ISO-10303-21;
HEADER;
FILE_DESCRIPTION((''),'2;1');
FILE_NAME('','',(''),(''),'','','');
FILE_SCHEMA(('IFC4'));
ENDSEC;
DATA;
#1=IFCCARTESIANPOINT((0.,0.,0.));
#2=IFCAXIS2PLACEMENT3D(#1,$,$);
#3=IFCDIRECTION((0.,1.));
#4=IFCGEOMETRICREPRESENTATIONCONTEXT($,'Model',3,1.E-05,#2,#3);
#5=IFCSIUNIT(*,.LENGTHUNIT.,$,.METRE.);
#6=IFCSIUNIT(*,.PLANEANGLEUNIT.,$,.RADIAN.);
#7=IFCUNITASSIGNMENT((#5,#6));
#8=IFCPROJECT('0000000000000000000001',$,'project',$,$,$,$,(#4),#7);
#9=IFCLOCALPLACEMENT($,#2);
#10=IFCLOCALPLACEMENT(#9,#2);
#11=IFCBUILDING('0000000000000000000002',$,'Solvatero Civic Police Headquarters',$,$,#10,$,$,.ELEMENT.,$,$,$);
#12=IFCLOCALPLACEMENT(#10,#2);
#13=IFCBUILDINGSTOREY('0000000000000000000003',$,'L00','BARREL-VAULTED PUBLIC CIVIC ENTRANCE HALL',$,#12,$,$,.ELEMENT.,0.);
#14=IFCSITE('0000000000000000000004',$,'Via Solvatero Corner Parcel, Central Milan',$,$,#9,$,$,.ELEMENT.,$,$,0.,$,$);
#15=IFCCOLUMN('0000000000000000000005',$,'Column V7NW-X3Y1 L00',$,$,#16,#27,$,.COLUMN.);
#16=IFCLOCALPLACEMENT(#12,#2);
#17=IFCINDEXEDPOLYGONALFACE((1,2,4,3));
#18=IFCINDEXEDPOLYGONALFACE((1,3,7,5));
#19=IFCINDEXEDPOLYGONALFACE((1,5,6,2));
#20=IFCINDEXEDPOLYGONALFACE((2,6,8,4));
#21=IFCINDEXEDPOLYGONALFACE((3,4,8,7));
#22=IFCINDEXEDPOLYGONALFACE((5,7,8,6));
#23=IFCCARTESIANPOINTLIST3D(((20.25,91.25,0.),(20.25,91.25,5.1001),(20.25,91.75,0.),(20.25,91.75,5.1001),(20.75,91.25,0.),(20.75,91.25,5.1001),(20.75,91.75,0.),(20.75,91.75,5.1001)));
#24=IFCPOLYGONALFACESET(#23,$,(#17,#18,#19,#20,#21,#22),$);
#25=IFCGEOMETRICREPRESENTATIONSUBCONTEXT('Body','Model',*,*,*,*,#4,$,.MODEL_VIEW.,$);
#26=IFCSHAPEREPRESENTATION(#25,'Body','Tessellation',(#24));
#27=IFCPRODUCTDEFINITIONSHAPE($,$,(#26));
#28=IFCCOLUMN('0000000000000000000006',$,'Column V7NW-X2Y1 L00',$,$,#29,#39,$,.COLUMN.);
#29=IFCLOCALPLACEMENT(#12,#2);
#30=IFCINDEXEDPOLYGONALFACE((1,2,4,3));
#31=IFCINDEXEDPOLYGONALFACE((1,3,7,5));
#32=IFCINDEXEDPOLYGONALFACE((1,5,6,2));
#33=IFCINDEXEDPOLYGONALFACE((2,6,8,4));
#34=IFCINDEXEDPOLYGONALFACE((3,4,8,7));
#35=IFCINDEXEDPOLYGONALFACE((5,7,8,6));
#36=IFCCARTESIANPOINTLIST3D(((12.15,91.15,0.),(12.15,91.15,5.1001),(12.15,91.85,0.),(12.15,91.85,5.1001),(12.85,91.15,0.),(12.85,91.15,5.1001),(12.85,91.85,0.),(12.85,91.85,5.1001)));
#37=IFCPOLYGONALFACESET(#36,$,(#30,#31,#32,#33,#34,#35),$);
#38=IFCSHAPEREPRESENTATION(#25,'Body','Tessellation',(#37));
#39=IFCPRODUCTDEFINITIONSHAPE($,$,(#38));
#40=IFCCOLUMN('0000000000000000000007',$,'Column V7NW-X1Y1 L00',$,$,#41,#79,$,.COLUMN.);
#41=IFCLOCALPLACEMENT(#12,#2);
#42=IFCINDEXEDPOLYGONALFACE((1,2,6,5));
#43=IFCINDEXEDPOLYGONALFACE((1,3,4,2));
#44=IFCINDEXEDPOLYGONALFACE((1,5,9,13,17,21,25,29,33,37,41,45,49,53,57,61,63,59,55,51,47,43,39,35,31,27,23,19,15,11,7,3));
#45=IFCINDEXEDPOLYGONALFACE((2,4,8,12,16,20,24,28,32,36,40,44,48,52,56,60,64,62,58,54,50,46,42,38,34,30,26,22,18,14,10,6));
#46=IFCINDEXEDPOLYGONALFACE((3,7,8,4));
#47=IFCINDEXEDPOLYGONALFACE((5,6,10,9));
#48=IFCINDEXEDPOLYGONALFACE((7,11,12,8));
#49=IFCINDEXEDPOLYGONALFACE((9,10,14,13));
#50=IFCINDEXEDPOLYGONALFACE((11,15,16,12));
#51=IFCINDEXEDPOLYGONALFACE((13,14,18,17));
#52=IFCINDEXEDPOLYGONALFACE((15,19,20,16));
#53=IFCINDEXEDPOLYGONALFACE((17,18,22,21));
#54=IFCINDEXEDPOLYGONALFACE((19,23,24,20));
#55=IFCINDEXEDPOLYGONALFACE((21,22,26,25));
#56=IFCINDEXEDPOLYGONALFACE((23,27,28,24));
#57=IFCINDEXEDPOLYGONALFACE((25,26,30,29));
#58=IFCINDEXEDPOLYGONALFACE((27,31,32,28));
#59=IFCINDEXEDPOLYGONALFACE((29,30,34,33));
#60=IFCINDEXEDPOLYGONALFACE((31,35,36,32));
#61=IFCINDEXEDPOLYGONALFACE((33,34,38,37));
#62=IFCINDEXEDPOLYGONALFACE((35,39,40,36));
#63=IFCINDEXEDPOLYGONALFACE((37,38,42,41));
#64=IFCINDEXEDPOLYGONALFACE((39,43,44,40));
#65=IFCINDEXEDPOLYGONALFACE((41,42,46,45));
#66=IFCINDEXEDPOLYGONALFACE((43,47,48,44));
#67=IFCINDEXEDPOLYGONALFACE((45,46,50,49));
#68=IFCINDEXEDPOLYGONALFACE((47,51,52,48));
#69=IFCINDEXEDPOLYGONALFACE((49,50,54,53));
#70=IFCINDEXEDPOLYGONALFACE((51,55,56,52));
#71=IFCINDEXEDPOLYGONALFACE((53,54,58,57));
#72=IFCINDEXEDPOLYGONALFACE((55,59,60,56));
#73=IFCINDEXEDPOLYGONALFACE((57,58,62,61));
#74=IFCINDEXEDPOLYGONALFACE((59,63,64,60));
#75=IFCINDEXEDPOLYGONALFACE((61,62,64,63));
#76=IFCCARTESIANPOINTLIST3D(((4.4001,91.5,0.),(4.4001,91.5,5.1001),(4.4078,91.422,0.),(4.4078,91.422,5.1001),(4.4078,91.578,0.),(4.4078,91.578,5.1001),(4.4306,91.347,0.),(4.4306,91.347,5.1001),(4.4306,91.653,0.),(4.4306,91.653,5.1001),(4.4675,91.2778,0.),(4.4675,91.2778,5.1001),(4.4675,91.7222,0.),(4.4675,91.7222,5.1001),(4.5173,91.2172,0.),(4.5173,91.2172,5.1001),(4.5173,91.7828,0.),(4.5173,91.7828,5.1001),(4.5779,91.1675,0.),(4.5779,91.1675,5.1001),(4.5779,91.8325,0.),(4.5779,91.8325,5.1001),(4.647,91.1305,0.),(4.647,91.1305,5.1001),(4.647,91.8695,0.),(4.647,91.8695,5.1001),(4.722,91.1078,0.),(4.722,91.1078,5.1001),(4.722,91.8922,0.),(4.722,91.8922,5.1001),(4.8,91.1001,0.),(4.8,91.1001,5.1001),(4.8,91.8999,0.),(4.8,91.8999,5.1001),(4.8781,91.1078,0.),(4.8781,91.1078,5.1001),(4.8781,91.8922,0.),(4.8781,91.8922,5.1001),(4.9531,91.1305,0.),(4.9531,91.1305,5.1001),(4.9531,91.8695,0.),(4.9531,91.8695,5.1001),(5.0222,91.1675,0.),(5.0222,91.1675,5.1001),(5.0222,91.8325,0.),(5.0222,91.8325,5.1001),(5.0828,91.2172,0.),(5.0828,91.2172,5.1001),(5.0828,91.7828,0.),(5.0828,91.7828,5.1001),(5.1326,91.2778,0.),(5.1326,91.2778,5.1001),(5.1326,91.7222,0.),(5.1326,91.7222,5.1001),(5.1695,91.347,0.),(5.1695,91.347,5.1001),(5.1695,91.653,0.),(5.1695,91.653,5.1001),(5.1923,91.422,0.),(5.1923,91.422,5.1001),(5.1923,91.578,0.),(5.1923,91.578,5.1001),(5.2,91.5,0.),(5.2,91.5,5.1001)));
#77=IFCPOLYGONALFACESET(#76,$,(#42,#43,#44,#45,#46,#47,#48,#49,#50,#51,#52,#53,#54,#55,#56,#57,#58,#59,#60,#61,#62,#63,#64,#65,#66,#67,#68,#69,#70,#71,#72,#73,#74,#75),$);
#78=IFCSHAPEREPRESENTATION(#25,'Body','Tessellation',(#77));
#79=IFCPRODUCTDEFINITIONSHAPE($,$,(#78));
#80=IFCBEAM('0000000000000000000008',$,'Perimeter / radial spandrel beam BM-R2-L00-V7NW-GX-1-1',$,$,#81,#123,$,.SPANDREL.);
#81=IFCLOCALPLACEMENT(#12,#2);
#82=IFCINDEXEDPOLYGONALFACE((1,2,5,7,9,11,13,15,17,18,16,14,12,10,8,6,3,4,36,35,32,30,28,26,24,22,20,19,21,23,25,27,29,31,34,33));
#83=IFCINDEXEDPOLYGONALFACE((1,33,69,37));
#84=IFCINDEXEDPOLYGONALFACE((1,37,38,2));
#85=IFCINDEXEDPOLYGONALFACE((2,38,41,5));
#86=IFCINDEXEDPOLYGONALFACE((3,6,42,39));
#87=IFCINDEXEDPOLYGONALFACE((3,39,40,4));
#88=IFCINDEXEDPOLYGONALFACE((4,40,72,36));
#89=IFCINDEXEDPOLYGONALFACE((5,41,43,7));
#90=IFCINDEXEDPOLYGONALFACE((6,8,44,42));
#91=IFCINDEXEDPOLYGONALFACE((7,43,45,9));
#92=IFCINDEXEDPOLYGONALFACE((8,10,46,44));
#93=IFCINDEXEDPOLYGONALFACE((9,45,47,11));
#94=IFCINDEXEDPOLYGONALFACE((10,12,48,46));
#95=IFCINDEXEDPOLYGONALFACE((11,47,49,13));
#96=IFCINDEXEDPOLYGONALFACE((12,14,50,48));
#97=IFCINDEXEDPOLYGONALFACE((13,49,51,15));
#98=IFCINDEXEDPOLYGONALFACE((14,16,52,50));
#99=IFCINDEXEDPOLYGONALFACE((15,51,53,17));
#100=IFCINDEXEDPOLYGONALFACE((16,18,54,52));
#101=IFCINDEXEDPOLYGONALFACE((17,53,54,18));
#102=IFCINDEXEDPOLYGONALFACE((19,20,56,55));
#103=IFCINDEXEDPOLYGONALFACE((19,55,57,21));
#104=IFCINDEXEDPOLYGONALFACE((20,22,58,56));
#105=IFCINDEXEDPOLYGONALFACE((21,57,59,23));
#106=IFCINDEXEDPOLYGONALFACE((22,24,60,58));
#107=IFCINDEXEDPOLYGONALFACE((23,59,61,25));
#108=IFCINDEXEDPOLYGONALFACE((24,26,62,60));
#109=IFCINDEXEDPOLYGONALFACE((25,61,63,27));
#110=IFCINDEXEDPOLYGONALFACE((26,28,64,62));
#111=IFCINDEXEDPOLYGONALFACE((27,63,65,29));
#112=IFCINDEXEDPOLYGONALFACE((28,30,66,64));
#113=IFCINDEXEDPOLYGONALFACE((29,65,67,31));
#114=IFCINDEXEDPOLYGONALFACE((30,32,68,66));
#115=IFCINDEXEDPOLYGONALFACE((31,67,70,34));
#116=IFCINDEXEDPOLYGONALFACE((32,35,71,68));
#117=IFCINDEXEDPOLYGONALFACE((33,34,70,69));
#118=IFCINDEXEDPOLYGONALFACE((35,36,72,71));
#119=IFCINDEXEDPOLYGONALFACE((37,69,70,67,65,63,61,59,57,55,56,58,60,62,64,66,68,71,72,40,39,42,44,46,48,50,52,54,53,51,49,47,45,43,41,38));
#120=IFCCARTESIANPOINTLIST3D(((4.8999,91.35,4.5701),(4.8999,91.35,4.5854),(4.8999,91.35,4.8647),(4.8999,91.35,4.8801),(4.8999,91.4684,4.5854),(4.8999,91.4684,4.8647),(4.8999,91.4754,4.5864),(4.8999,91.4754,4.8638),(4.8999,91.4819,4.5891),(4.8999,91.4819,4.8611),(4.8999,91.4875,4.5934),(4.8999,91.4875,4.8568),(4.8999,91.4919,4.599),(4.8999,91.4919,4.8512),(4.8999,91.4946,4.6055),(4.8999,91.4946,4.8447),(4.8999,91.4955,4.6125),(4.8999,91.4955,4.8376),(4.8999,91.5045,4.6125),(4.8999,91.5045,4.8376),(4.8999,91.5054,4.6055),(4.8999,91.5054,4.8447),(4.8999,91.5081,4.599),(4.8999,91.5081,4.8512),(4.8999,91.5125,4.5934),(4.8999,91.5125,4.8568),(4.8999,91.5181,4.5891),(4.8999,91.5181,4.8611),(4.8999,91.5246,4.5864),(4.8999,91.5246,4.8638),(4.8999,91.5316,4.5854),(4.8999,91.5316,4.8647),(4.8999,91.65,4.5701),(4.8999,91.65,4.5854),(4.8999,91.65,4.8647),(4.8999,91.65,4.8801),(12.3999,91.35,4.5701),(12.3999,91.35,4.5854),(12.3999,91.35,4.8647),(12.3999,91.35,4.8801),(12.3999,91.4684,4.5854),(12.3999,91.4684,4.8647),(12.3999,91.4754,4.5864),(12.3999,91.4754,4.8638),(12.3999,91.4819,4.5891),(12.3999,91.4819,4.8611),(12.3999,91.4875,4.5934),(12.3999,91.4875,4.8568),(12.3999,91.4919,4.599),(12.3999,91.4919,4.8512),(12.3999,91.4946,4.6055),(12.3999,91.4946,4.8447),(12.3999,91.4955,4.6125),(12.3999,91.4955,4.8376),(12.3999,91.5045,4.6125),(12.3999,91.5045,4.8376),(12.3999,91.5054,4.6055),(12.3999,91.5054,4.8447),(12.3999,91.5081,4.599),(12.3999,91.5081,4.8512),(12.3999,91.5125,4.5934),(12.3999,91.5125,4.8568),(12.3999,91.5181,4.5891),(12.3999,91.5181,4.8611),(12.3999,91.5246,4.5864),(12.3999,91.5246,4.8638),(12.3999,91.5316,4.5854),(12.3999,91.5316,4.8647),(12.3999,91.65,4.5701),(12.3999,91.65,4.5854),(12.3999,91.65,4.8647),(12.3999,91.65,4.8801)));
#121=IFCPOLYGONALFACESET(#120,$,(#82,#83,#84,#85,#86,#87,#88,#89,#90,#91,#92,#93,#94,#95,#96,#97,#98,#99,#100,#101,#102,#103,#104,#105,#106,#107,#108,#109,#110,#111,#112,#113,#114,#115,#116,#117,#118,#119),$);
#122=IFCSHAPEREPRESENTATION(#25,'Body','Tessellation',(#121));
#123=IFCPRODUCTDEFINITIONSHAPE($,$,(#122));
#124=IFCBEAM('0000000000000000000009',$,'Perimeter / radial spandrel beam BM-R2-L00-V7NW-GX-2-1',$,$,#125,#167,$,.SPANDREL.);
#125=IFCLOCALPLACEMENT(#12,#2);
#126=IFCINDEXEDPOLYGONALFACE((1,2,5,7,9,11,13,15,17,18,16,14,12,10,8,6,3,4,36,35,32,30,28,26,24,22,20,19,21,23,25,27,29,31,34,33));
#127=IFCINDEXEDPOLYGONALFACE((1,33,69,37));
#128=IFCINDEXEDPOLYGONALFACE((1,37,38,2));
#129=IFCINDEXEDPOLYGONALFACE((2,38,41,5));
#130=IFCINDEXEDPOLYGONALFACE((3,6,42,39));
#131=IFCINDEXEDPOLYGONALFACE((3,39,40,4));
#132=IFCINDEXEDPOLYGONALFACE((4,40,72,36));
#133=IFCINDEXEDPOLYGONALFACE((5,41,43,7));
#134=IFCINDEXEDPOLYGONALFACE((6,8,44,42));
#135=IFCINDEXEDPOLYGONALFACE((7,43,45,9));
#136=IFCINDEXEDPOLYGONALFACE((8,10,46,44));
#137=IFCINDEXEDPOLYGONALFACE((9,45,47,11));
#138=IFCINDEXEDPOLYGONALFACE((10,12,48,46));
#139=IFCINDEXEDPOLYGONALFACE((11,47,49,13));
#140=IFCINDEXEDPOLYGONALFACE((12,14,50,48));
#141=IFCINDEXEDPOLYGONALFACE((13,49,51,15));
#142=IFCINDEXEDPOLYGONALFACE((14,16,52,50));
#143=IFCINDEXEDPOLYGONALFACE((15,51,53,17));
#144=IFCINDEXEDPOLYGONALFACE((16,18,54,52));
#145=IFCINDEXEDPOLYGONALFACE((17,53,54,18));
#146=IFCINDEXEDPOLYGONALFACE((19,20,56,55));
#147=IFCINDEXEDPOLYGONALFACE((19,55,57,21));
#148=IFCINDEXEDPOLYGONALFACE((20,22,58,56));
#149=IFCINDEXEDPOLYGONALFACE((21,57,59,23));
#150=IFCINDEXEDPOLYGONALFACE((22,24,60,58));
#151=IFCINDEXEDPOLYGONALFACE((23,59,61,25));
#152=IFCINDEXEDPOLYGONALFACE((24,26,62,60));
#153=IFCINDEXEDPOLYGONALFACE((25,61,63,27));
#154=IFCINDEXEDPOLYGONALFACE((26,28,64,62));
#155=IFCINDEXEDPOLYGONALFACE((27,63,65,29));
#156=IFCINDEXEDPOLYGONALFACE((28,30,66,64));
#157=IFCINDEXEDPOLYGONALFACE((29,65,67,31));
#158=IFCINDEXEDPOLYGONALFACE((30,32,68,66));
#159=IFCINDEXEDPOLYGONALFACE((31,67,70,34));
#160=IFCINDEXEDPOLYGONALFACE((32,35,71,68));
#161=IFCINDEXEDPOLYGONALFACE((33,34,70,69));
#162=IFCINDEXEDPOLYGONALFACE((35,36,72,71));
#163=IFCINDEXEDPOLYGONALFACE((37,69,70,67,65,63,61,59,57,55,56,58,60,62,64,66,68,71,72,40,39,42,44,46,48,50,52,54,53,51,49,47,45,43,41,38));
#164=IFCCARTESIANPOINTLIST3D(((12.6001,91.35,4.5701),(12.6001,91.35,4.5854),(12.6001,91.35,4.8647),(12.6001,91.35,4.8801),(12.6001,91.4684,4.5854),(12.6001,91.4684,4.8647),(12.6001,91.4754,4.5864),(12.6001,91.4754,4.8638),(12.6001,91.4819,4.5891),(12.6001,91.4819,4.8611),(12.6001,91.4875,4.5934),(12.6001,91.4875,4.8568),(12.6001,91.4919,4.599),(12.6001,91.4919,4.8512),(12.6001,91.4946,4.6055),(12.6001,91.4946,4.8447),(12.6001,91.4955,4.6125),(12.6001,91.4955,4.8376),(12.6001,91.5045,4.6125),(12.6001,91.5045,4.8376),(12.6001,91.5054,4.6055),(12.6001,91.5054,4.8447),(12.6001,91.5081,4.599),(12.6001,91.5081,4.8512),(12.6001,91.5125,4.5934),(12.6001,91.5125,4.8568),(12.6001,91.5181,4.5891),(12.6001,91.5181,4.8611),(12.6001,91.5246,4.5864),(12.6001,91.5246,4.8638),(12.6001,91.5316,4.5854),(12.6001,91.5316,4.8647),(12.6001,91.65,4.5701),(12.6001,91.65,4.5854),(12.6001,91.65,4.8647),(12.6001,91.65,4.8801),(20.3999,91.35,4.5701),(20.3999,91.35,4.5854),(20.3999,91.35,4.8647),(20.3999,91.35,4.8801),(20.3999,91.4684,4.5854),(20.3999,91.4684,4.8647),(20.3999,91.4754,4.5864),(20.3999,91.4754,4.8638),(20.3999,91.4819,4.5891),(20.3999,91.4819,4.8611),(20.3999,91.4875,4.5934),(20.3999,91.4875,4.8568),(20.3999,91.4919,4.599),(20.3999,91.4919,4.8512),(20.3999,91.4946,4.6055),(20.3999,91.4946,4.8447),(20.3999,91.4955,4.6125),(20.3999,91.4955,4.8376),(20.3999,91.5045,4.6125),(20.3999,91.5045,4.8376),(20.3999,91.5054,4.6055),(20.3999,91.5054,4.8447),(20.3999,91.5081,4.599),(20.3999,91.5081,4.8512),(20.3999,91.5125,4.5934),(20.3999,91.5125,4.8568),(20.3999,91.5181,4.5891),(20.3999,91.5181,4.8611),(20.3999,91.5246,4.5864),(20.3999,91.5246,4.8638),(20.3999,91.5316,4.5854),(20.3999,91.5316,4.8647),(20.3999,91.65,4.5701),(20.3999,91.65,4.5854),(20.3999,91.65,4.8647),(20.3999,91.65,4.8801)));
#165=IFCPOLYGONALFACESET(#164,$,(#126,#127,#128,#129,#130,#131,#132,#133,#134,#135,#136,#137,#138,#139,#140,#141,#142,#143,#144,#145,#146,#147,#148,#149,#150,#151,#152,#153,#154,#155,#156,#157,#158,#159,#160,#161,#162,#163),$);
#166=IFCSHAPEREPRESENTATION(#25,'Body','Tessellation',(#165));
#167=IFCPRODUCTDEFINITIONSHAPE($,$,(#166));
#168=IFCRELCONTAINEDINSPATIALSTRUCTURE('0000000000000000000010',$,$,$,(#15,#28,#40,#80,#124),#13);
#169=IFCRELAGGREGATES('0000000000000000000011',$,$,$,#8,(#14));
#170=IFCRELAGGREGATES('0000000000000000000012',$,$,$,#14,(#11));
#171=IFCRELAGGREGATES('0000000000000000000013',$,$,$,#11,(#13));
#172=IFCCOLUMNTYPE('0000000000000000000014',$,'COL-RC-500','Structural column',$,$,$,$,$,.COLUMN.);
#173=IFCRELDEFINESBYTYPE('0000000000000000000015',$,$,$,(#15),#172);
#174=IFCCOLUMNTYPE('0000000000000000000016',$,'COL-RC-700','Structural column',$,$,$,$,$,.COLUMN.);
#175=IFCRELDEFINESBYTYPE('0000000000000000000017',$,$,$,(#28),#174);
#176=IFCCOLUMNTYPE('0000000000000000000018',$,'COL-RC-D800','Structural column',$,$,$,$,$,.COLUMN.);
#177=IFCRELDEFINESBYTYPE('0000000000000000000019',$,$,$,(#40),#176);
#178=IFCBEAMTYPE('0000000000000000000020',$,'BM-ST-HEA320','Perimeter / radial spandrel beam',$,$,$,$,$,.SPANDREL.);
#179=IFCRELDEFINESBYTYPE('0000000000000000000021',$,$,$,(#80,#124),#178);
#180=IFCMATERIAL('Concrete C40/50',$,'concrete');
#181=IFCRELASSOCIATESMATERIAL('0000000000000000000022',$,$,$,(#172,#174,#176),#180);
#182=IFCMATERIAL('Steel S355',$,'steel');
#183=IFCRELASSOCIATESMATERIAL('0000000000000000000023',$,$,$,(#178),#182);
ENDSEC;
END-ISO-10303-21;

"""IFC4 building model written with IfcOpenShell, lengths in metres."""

from ifc_helpers import new_model, si_unit, direction, frame, origin, origin_2d, place, context, subcontext, project, spatial, rectangle, circle, i_section, extrude, material, material_profile, profile_set, type_object, element, save


model = new_model("IFC4")

# Units and contexts
model_context = context("Model", 3, precision=1e-05, world=origin(), true_north=direction((0.0, 1.0)))
body_context = subcontext(model_context, "Body", "Model", "MODEL_VIEW")
ifc_project = project(units=[si_unit("LENGTHUNIT", "METRE"), si_unit("PLANEANGLEUNIT", "RADIAN")], contexts=[model_context])

# Site, building, storey
site_placement = place(None, origin())
site = spatial("IfcSite", under=ifc_project, at=site_placement, Name="Via Solvatero Corner Parcel, Central Milan", CompositionType="ELEMENT", RefElevation=0.0)
building_placement = place(site_placement, origin())
building = spatial("IfcBuilding", under=site, at=building_placement, Name="Solvatero Civic Police Headquarters", CompositionType="ELEMENT")
storey_placement = place(building_placement, origin())
storey = spatial("IfcBuildingStorey", under=building, at=storey_placement, Name="L00", Description="BARREL-VAULTED PUBLIC CIVIC ENTRANCE HALL", CompositionType="ELEMENT", Elevation=0.0)

# Columns
ifc_material_1 = material(Name="Concrete C40/50", Category="concrete")
ifc_material_profile_1 = material_profile(ifc_material_1, rectangle(XDim=0.5, YDim=0.5, at=origin_2d()), Name="RC 500x500")
ifc_profile_set_1 = profile_set([ifc_material_profile_1], Name="Concrete C40/50")
column_type_1 = type_object("IfcColumnType", Name="COL-RC-500", Description="Structural column", PredefinedType="COLUMN", material=ifc_profile_set_1)
column_1_placement = place(storey_placement, frame((20.5, 91.5, 0.0), z_axis=(0.0, 0.0, 1.0), x_axis=(1.0, 0.0, 0.0)))
element("IfcColumn", 1, at=column_1_placement, inside=storey, type_object=column_type_1, Name="Column V7NW-X3Y1 L00", PredefinedType="COLUMN", context=body_context, shape_type="SweptSolid", body=[
    extrude(rectangle(XDim=0.5, YDim=0.5, at=origin_2d()), origin(), (0.0, 0.0, 1.0), 5.1001),
])
ifc_material_profile_2 = material_profile(ifc_material_1, rectangle(XDim=0.7, YDim=0.7, at=origin_2d()), Name="RC 700x700")
ifc_profile_set_2 = profile_set([ifc_material_profile_2], Name="Concrete C40/50")
column_type_2 = type_object("IfcColumnType", Name="COL-RC-700", Description="Structural column", PredefinedType="COLUMN", material=ifc_profile_set_2)
column_2_placement = place(storey_placement, frame((12.5, 91.5, 0.0), z_axis=(0.0, 0.0, 1.0), x_axis=(1.0, 0.0, 0.0)))
element("IfcColumn", 2, at=column_2_placement, inside=storey, type_object=column_type_2, Name="Column V7NW-X2Y1 L00", PredefinedType="COLUMN", context=body_context, shape_type="SweptSolid", body=[
    extrude(rectangle(XDim=0.7, YDim=0.7, at=origin_2d()), origin(), (0.0, 0.0, 1.0), 5.1001),
])
ifc_material_profile_3 = material_profile(ifc_material_1, circle(Radius=0.3999, at=origin_2d()), Name="RC COL D800")
ifc_profile_set_3 = profile_set([ifc_material_profile_3], Name="Concrete C40/50")
column_type_3 = type_object("IfcColumnType", Name="COL-RC-D800", Description="Structural column", PredefinedType="COLUMN", material=ifc_profile_set_3)
column_3_placement = place(storey_placement, frame((4.8, 91.5, 0.0), z_axis=(0.0, 0.0, 1.0), x_axis=(1.0, 0.0, 0.0)))
element("IfcColumn", 3, at=column_3_placement, inside=storey, type_object=column_type_3, Name="Column V7NW-X1Y1 L00", PredefinedType="COLUMN", context=body_context, shape_type="SweptSolid", body=[
    extrude(circle(Radius=0.3999, at=origin_2d()), origin(), (0.0, 0.0, 1.0), 5.1001),
])

# Beams
ifc_material_2 = material(Name="Steel S355", Category="steel")
ifc_material_profile_4 = material_profile(ifc_material_2, i_section(OverallWidth=0.3, OverallDepth=0.3101, WebThickness=0.009, FlangeThickness=0.0154, FilletRadius=0.0271, at=origin_2d()), Name="HEA 320")
ifc_profile_set_4 = profile_set([ifc_material_profile_4], Name="Steel S355")
beam_type_1 = type_object("IfcBeamType", Name="BM-ST-HEA320", Description="Perimeter / radial spandrel beam", PredefinedType="SPANDREL", material=ifc_profile_set_4)
beam_1_placement = place(storey_placement, frame((4.8999, 91.5, 4.7251), z_axis=(1.0, 0.0, 0.0), x_axis=(0.0, 1.0, 0.0)))
element("IfcBeam", 4, at=beam_1_placement, inside=storey, type_object=beam_type_1, Name="Perimeter / radial spandrel beam BM-R2-L00-V7NW-GX-1-1", PredefinedType="SPANDREL", context=body_context, shape_type="SweptSolid", body=[
    extrude(i_section(OverallWidth=0.3, OverallDepth=0.3101, WebThickness=0.009, FlangeThickness=0.0154, FilletRadius=0.0271, at=origin_2d()), origin(), (0.0, 0.0, 1.0), 7.5),
])
beam_2_placement = place(storey_placement, frame((12.6001, 91.5, 4.7251), z_axis=(1.0, 0.0, 0.0), x_axis=(0.0, 1.0, 0.0)))
element("IfcBeam", 5, at=beam_2_placement, inside=storey, type_object=beam_type_1, Name="Perimeter / radial spandrel beam BM-R2-L00-V7NW-GX-2-1", PredefinedType="SPANDREL", context=body_context, shape_type="SweptSolid", body=[
    extrude(i_section(OverallWidth=0.3, OverallDepth=0.3101, WebThickness=0.009, FlangeThickness=0.0154, FilletRadius=0.0271, at=origin_2d()), origin(), (0.0, 0.0, 1.0), 7.7998),
])

save(model, "model.ifc")
